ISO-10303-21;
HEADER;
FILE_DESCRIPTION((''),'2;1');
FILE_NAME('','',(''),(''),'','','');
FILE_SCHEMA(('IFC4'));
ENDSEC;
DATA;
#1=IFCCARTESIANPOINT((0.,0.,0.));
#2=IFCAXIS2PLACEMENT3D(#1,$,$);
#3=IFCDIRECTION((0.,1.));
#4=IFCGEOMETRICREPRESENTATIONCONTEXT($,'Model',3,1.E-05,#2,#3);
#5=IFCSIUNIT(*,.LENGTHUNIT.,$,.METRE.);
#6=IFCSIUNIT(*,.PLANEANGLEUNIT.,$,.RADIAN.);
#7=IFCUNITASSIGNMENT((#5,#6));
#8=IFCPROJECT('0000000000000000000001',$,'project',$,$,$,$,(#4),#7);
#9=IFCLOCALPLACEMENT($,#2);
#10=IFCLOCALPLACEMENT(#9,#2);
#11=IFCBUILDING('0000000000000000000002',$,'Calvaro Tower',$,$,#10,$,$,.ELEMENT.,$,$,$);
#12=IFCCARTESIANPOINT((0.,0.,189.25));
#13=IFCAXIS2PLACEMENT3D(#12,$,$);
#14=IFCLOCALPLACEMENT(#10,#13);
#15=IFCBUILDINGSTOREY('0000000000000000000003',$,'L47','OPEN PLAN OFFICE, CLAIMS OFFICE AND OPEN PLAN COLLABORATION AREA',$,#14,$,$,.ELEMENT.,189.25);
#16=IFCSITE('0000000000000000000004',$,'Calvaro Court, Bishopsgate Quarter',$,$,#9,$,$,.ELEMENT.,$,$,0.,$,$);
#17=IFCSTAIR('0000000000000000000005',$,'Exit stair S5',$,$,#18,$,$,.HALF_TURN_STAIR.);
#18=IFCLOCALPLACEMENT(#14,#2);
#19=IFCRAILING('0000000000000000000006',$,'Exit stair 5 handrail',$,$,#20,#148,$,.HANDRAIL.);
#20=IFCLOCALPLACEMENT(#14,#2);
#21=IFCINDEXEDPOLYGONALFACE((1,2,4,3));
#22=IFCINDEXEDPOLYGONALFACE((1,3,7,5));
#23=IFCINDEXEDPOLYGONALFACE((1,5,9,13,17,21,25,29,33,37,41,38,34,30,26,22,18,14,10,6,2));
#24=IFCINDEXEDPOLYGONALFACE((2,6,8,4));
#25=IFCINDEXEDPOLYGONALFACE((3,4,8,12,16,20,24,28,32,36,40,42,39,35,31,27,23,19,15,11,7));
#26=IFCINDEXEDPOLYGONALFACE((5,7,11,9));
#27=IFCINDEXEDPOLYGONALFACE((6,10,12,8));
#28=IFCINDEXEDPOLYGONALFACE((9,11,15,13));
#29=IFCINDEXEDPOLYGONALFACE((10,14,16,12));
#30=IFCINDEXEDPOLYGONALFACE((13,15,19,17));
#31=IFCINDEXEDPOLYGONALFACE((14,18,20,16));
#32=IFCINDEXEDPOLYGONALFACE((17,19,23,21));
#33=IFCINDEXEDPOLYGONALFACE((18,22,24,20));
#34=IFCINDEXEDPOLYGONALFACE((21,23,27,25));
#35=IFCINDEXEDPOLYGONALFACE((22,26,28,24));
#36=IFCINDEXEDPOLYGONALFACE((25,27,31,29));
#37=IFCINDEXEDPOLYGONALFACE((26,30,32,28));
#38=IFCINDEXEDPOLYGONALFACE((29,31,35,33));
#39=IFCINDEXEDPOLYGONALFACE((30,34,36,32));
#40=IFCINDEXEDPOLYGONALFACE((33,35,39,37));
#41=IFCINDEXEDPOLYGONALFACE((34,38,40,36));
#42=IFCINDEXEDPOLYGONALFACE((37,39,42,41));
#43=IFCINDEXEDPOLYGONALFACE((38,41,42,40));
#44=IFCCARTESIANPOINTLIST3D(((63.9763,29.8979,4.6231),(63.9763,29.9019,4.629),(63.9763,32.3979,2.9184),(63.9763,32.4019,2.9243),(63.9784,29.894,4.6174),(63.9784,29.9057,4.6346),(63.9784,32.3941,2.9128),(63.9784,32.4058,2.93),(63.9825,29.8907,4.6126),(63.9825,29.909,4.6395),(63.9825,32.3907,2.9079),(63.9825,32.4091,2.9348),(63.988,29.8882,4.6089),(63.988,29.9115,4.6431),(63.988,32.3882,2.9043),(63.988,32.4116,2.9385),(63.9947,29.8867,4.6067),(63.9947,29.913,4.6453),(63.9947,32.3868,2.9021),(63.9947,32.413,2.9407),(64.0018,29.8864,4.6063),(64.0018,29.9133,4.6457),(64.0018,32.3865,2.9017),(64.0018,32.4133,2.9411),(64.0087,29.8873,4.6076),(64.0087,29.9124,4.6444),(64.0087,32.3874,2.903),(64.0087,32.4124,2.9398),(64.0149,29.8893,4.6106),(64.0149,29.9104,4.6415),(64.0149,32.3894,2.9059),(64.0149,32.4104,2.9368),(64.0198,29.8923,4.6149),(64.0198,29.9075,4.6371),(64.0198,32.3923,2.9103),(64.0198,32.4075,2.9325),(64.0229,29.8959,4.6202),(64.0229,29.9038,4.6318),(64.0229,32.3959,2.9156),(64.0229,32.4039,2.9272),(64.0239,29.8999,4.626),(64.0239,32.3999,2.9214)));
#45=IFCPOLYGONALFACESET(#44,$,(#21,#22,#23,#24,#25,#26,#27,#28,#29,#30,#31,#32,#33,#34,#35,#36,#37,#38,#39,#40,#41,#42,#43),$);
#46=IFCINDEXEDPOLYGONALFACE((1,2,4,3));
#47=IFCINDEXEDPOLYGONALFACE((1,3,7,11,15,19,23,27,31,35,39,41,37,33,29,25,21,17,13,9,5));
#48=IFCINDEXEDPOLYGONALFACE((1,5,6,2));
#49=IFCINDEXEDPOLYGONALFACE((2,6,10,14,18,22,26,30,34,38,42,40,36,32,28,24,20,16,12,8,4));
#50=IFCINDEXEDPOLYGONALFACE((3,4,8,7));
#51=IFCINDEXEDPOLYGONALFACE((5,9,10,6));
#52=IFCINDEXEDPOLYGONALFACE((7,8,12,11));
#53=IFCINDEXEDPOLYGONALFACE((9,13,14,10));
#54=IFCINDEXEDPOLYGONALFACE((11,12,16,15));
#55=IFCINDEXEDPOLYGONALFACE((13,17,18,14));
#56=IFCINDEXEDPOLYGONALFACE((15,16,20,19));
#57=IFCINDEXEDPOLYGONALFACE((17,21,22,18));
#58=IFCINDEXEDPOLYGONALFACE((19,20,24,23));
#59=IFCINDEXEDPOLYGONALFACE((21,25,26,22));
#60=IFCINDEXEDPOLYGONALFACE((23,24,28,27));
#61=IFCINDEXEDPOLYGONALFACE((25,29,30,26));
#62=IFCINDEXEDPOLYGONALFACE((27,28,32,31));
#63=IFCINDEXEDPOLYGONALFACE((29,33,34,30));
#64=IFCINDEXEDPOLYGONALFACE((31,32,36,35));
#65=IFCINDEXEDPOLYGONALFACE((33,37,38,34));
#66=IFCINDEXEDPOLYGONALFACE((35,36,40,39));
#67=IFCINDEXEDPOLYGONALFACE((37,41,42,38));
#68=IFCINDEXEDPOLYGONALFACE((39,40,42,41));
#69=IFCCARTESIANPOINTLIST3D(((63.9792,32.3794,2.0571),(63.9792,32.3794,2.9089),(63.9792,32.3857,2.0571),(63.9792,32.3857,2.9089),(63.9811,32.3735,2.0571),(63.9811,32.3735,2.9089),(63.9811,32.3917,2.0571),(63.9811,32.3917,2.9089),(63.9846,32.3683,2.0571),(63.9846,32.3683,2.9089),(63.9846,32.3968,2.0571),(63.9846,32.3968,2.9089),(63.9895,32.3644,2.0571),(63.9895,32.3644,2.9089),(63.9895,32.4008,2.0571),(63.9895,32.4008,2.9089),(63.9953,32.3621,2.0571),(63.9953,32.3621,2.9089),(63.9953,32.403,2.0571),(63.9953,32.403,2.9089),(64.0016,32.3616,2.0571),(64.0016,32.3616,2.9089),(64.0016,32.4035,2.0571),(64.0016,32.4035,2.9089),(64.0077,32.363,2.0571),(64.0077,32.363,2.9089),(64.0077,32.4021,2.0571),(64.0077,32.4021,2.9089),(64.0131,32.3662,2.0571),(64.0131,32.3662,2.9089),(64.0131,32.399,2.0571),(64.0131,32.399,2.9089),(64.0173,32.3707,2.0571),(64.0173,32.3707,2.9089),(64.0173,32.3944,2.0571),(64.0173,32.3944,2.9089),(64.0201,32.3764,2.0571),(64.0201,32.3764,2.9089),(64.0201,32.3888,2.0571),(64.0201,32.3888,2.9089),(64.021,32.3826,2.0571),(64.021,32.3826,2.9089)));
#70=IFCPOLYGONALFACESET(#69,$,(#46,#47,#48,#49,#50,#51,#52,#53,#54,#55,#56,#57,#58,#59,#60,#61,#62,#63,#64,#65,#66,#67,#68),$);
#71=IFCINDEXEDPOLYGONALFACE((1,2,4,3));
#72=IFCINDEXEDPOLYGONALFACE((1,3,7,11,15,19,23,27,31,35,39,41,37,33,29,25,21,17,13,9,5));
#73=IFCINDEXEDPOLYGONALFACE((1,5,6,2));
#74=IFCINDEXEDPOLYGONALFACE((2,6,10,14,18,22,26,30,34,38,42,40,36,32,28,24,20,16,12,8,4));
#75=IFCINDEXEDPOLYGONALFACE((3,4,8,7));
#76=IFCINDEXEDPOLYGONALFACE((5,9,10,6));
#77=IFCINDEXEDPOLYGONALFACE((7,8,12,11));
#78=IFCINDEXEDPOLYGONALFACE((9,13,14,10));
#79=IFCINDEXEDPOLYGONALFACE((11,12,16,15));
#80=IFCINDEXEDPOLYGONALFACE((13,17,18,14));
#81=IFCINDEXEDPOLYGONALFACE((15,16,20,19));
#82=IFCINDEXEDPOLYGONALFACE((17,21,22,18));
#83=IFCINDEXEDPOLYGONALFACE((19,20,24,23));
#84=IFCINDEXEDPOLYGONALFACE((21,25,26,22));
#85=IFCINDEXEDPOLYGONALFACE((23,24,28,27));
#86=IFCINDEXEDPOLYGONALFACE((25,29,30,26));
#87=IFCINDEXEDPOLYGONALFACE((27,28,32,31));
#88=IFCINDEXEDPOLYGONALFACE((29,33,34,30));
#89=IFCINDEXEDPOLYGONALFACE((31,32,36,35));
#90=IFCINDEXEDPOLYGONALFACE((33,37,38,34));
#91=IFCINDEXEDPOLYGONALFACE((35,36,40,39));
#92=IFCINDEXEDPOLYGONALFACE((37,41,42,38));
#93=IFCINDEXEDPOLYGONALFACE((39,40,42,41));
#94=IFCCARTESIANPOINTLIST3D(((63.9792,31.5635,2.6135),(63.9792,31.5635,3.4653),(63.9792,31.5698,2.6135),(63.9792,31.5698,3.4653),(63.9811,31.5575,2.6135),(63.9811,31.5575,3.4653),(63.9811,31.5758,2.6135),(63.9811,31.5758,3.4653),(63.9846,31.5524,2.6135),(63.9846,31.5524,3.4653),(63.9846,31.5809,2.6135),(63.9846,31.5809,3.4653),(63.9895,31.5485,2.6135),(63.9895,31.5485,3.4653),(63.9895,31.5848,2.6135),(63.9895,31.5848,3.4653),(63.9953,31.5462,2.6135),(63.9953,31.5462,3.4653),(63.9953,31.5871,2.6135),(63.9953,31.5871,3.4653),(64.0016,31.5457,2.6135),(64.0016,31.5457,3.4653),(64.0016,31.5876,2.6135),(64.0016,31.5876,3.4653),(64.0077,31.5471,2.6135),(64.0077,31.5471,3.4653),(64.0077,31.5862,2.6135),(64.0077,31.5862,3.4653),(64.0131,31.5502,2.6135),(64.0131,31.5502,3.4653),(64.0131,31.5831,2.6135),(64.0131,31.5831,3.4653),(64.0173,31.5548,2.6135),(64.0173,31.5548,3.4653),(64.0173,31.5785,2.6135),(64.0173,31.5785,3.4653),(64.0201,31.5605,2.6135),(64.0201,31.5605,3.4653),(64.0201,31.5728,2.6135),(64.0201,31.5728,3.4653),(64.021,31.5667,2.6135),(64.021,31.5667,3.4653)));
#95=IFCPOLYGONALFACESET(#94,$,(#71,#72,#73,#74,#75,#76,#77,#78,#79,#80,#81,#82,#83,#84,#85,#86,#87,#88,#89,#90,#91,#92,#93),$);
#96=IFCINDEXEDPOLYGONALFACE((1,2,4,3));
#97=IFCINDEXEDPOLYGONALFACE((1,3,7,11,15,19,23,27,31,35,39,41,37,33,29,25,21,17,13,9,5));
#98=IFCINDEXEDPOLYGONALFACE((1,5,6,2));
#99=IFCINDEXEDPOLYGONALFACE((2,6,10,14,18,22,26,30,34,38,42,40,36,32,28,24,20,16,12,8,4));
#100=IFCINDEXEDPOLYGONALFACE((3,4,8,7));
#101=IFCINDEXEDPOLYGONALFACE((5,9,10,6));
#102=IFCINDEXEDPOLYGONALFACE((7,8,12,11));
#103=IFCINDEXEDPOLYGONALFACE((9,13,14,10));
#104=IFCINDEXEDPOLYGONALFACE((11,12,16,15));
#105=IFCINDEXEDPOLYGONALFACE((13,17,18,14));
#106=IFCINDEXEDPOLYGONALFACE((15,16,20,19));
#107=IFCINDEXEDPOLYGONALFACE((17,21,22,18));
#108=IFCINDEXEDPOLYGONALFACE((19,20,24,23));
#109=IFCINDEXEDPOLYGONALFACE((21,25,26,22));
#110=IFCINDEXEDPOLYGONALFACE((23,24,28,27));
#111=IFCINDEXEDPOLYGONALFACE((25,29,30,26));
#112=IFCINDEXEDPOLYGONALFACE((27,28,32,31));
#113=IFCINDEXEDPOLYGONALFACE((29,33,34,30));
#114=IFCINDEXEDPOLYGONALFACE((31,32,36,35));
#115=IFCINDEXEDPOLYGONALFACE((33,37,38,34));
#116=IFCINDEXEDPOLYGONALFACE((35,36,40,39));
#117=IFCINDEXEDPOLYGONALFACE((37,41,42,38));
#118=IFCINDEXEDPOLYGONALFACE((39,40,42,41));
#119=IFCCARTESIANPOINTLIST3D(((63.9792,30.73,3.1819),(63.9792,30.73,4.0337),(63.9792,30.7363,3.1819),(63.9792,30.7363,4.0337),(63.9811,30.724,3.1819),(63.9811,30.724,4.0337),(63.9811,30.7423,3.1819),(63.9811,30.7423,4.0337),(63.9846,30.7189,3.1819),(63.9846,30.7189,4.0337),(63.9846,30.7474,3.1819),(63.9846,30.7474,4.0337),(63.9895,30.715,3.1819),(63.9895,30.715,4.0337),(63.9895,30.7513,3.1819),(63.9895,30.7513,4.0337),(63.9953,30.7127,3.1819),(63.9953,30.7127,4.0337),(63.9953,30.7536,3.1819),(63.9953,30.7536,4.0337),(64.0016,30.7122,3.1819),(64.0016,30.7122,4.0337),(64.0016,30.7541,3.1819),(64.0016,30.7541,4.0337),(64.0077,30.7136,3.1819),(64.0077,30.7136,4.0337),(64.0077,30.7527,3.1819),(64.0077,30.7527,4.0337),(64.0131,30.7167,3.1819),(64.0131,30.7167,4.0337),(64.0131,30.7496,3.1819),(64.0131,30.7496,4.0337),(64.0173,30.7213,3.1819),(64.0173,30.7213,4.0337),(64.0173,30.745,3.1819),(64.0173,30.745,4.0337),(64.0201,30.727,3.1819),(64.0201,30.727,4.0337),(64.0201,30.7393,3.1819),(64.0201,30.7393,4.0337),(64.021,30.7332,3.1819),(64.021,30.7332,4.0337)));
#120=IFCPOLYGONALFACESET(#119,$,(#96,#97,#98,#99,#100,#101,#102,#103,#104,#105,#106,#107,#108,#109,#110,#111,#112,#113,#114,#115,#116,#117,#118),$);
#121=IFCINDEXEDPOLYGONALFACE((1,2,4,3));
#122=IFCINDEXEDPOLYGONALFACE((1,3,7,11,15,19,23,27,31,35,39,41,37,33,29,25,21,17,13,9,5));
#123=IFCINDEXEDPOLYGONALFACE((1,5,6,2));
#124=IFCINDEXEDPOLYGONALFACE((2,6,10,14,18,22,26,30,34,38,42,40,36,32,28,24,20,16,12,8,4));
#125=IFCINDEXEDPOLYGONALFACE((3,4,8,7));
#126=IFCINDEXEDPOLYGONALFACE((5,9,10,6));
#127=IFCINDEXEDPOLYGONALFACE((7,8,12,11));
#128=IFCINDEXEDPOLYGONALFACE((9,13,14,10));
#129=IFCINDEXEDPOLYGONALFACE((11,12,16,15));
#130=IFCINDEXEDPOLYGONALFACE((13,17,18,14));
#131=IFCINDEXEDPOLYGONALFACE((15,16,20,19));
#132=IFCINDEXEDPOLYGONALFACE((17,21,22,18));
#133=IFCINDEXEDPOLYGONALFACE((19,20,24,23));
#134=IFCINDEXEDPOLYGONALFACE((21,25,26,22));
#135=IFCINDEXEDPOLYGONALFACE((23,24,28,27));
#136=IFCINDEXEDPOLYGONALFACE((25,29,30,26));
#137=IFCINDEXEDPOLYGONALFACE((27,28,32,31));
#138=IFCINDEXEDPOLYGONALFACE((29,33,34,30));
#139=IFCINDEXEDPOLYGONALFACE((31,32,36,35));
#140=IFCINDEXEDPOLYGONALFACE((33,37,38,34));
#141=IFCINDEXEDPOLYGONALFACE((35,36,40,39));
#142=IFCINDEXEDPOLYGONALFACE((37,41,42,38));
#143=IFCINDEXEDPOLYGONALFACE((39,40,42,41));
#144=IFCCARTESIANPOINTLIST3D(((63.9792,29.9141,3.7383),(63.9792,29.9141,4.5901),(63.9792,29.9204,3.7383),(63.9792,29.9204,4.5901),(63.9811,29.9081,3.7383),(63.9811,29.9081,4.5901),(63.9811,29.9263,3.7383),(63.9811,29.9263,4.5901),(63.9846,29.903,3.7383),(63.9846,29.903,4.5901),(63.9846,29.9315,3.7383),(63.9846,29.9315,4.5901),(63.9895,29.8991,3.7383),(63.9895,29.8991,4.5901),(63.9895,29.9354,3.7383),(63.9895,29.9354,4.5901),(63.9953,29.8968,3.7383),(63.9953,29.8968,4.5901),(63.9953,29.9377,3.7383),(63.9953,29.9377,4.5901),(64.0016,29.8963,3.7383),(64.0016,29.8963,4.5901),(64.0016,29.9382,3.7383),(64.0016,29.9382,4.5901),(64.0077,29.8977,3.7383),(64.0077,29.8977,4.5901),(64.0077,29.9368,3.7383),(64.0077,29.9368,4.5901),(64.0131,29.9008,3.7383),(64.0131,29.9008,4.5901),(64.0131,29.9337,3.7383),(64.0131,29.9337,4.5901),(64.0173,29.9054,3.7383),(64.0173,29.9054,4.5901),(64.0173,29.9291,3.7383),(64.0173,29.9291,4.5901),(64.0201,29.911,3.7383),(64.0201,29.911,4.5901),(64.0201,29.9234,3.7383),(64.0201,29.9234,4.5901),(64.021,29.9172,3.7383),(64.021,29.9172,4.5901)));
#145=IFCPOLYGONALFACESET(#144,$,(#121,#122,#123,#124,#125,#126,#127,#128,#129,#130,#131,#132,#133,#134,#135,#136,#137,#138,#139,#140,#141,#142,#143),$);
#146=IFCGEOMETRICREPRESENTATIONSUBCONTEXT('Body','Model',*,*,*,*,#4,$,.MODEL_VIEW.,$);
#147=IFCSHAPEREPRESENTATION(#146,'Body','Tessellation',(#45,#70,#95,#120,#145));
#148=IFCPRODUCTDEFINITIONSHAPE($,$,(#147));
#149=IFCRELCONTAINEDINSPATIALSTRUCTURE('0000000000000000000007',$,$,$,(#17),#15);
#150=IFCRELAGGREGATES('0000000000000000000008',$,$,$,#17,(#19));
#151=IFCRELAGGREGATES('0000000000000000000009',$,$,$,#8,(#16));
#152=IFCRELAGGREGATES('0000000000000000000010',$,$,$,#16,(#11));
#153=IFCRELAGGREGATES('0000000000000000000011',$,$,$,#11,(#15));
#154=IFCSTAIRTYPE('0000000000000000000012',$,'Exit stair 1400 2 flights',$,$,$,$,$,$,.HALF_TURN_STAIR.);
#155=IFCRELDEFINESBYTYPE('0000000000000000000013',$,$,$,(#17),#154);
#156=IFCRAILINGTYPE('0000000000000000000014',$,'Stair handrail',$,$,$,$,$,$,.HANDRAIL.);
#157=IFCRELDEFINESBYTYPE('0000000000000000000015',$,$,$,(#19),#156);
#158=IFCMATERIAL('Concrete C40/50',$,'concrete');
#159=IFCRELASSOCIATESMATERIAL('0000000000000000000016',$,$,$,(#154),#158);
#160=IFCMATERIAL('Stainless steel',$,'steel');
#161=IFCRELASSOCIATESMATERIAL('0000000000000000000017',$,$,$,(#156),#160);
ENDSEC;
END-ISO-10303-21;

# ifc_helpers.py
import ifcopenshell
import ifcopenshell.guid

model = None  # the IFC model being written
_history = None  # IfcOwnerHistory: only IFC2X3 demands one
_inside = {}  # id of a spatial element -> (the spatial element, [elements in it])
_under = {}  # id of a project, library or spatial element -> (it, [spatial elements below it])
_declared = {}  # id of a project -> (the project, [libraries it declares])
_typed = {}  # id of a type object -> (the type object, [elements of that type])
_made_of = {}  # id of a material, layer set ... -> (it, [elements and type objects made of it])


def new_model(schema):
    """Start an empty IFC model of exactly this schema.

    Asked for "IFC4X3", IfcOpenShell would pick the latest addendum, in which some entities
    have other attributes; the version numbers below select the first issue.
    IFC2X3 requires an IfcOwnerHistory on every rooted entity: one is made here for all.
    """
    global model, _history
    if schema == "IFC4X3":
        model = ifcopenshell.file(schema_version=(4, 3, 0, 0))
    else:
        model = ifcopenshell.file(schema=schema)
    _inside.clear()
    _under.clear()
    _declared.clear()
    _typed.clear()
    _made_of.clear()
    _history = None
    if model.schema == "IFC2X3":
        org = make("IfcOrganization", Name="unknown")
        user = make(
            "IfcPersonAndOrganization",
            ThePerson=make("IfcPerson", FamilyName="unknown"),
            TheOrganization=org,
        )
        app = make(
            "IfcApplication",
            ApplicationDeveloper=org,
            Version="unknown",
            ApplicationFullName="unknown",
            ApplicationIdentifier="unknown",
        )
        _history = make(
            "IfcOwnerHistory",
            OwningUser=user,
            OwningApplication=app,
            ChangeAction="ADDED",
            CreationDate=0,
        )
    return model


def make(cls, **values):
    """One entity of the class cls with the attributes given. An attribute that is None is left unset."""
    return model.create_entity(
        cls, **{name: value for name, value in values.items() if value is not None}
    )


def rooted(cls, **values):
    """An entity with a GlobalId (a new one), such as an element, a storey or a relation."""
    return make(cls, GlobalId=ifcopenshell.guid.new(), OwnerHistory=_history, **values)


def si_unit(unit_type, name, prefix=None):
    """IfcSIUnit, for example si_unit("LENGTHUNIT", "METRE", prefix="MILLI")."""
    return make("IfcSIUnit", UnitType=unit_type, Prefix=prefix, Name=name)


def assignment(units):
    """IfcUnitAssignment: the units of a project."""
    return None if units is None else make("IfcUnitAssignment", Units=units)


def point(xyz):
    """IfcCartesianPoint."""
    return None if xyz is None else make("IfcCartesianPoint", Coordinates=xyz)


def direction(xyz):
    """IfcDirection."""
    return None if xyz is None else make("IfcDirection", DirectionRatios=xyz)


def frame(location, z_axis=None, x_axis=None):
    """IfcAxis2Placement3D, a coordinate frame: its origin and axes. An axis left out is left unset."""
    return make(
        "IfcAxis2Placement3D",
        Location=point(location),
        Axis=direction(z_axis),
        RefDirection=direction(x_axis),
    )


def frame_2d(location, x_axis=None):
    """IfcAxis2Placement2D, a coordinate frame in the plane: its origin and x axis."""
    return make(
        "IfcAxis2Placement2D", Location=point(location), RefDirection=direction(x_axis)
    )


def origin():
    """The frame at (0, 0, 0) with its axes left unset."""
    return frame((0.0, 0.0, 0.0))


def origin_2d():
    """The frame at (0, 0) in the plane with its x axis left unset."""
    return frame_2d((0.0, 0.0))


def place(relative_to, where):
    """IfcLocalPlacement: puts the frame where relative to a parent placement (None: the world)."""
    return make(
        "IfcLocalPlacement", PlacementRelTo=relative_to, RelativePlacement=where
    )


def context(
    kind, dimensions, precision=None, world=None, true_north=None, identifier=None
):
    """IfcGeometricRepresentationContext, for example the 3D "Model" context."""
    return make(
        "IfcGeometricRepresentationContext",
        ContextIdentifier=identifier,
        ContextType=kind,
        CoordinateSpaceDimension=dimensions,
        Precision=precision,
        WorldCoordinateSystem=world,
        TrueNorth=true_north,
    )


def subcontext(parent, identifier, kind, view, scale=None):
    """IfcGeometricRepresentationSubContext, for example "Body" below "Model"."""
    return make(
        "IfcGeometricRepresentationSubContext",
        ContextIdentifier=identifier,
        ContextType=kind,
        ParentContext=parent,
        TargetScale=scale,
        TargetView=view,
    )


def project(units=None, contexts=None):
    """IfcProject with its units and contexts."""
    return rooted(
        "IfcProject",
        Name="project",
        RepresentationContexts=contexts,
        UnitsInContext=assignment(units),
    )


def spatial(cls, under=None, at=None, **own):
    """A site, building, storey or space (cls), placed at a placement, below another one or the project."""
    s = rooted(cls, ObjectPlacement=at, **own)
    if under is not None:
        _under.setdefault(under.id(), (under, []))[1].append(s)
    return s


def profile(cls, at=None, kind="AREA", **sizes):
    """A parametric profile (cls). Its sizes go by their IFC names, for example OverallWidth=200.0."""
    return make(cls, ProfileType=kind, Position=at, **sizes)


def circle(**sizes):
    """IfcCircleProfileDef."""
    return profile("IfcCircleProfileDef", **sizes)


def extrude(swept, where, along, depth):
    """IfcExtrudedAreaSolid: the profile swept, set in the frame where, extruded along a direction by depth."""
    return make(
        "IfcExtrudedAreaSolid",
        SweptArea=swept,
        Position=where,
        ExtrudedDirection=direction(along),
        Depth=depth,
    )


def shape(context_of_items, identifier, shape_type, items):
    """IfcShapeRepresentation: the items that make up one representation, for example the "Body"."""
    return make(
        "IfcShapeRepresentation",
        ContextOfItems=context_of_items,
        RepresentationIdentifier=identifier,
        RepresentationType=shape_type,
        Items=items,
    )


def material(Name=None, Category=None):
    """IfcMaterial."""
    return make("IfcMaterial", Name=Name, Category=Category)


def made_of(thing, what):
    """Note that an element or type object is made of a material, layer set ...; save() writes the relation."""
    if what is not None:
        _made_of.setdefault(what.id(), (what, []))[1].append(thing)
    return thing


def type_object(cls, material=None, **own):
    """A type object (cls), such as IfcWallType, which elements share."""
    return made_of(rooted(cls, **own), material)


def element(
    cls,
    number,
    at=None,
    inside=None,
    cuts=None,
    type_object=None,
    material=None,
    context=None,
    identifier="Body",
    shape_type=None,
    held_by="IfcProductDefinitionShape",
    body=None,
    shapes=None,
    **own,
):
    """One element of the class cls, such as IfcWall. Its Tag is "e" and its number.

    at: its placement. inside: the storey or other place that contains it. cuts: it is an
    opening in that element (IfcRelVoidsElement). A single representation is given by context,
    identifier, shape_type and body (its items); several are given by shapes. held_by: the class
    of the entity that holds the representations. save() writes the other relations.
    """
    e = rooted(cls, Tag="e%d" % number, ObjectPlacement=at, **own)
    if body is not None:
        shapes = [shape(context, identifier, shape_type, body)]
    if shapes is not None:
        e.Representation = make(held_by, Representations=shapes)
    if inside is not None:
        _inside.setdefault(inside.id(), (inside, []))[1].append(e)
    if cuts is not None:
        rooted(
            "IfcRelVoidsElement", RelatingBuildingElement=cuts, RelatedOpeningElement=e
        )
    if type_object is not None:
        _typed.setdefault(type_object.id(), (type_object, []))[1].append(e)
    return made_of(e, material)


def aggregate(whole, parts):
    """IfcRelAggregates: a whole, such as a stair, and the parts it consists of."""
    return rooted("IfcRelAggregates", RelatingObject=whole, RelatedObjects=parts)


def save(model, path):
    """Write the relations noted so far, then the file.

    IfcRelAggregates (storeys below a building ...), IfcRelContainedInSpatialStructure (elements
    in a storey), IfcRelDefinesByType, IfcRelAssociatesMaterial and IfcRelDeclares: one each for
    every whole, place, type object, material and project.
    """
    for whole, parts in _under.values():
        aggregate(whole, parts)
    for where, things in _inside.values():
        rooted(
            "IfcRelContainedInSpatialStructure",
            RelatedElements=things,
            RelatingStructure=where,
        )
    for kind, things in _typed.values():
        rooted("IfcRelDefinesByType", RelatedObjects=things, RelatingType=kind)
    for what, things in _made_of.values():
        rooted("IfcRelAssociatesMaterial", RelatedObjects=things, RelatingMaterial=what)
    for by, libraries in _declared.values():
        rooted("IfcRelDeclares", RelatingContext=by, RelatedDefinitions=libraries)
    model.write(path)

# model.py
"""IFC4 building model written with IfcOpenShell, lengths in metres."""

from ifc_helpers import new_model, si_unit, direction, frame, origin, origin_2d, place, context, subcontext, project, spatial, circle, extrude, material, type_object, element, aggregate, save


model = new_model("IFC4")

# Units and contexts
model_context = context("Model", 3, precision=1e-05, world=origin(), true_north=direction((0.0, 1.0)))
body_context = subcontext(model_context, "Body", "Model", "MODEL_VIEW")
ifc_project = project(units=[si_unit("LENGTHUNIT", "METRE"), si_unit("PLANEANGLEUNIT", "RADIAN")], contexts=[model_context])

# Site, building, storey
site_placement = place(None, origin())
site = spatial("IfcSite", under=ifc_project, at=site_placement, Name="Calvaro Court, Bishopsgate Quarter", CompositionType="ELEMENT", RefElevation=0.0)
building_placement = place(site_placement, origin())
building = spatial("IfcBuilding", under=site, at=building_placement, Name="Calvaro Tower", CompositionType="ELEMENT")
storey_placement = place(building_placement, frame((0.0, 0.0, 189.25)))
storey = spatial("IfcBuildingStorey", under=building, at=storey_placement, Name="L47", Description="OPEN PLAN OFFICE, CLAIMS OFFICE AND OPEN PLAN COLLABORATION AREA", CompositionType="ELEMENT", Elevation=189.25)

# Stair, railing
ifc_material_1 = material(Name="Concrete C40/50", Category="concrete")
stair_type = type_object("IfcStairType", Name="Exit stair 1400 2 flights", PredefinedType="HALF_TURN_STAIR", material=ifc_material_1)
stair_placement = place(storey_placement, origin())
stair = element("IfcStair", 1, at=stair_placement, inside=storey, type_object=stair_type, Name="Exit stair S5", PredefinedType="HALF_TURN_STAIR")
ifc_material_2 = material(Name="Stainless steel", Category="steel")
railing_type = type_object("IfcRailingType", Name="Stair handrail", PredefinedType="HANDRAIL", material=ifc_material_2)
railing_placement = place(storey_placement, frame((64.0, 32.3999, 2.0454)))
railing = element("IfcRailing", 2, at=railing_placement, type_object=railing_type, Name="Exit stair 5 handrail", PredefinedType="HANDRAIL", context=body_context, shape_type="SweptSolid", body=[
    extrude(circle(Radius=0.0239, at=origin_2d()), frame((0.0, 0.0, 0.876), z_axis=(0.0, -0.826221, 0.563347), x_axis=(1.0, 0.0, 0.0)), (0.0, 0.0, 1.0), 3.0259),
    extrude(circle(Radius=0.021, at=origin_2d()), frame((0.0, -0.0173, 0.0117)), (0.0, 0.0, 1.0), 0.8518),
    extrude(circle(Radius=0.021, at=origin_2d()), frame((0.0, -0.8333, 0.5681)), (0.0, 0.0, 1.0), 0.8518),
    extrude(circle(Radius=0.021, at=origin_2d()), frame((0.0, -1.6667, 1.1365)), (0.0, 0.0, 1.0), 0.8518),
    extrude(circle(Radius=0.021, at=origin_2d()), frame((0.0, -2.4827, 1.6929)), (0.0, 0.0, 1.0), 0.8518),
])
aggregate(stair, [railing])

save(model, "model.ifc")
